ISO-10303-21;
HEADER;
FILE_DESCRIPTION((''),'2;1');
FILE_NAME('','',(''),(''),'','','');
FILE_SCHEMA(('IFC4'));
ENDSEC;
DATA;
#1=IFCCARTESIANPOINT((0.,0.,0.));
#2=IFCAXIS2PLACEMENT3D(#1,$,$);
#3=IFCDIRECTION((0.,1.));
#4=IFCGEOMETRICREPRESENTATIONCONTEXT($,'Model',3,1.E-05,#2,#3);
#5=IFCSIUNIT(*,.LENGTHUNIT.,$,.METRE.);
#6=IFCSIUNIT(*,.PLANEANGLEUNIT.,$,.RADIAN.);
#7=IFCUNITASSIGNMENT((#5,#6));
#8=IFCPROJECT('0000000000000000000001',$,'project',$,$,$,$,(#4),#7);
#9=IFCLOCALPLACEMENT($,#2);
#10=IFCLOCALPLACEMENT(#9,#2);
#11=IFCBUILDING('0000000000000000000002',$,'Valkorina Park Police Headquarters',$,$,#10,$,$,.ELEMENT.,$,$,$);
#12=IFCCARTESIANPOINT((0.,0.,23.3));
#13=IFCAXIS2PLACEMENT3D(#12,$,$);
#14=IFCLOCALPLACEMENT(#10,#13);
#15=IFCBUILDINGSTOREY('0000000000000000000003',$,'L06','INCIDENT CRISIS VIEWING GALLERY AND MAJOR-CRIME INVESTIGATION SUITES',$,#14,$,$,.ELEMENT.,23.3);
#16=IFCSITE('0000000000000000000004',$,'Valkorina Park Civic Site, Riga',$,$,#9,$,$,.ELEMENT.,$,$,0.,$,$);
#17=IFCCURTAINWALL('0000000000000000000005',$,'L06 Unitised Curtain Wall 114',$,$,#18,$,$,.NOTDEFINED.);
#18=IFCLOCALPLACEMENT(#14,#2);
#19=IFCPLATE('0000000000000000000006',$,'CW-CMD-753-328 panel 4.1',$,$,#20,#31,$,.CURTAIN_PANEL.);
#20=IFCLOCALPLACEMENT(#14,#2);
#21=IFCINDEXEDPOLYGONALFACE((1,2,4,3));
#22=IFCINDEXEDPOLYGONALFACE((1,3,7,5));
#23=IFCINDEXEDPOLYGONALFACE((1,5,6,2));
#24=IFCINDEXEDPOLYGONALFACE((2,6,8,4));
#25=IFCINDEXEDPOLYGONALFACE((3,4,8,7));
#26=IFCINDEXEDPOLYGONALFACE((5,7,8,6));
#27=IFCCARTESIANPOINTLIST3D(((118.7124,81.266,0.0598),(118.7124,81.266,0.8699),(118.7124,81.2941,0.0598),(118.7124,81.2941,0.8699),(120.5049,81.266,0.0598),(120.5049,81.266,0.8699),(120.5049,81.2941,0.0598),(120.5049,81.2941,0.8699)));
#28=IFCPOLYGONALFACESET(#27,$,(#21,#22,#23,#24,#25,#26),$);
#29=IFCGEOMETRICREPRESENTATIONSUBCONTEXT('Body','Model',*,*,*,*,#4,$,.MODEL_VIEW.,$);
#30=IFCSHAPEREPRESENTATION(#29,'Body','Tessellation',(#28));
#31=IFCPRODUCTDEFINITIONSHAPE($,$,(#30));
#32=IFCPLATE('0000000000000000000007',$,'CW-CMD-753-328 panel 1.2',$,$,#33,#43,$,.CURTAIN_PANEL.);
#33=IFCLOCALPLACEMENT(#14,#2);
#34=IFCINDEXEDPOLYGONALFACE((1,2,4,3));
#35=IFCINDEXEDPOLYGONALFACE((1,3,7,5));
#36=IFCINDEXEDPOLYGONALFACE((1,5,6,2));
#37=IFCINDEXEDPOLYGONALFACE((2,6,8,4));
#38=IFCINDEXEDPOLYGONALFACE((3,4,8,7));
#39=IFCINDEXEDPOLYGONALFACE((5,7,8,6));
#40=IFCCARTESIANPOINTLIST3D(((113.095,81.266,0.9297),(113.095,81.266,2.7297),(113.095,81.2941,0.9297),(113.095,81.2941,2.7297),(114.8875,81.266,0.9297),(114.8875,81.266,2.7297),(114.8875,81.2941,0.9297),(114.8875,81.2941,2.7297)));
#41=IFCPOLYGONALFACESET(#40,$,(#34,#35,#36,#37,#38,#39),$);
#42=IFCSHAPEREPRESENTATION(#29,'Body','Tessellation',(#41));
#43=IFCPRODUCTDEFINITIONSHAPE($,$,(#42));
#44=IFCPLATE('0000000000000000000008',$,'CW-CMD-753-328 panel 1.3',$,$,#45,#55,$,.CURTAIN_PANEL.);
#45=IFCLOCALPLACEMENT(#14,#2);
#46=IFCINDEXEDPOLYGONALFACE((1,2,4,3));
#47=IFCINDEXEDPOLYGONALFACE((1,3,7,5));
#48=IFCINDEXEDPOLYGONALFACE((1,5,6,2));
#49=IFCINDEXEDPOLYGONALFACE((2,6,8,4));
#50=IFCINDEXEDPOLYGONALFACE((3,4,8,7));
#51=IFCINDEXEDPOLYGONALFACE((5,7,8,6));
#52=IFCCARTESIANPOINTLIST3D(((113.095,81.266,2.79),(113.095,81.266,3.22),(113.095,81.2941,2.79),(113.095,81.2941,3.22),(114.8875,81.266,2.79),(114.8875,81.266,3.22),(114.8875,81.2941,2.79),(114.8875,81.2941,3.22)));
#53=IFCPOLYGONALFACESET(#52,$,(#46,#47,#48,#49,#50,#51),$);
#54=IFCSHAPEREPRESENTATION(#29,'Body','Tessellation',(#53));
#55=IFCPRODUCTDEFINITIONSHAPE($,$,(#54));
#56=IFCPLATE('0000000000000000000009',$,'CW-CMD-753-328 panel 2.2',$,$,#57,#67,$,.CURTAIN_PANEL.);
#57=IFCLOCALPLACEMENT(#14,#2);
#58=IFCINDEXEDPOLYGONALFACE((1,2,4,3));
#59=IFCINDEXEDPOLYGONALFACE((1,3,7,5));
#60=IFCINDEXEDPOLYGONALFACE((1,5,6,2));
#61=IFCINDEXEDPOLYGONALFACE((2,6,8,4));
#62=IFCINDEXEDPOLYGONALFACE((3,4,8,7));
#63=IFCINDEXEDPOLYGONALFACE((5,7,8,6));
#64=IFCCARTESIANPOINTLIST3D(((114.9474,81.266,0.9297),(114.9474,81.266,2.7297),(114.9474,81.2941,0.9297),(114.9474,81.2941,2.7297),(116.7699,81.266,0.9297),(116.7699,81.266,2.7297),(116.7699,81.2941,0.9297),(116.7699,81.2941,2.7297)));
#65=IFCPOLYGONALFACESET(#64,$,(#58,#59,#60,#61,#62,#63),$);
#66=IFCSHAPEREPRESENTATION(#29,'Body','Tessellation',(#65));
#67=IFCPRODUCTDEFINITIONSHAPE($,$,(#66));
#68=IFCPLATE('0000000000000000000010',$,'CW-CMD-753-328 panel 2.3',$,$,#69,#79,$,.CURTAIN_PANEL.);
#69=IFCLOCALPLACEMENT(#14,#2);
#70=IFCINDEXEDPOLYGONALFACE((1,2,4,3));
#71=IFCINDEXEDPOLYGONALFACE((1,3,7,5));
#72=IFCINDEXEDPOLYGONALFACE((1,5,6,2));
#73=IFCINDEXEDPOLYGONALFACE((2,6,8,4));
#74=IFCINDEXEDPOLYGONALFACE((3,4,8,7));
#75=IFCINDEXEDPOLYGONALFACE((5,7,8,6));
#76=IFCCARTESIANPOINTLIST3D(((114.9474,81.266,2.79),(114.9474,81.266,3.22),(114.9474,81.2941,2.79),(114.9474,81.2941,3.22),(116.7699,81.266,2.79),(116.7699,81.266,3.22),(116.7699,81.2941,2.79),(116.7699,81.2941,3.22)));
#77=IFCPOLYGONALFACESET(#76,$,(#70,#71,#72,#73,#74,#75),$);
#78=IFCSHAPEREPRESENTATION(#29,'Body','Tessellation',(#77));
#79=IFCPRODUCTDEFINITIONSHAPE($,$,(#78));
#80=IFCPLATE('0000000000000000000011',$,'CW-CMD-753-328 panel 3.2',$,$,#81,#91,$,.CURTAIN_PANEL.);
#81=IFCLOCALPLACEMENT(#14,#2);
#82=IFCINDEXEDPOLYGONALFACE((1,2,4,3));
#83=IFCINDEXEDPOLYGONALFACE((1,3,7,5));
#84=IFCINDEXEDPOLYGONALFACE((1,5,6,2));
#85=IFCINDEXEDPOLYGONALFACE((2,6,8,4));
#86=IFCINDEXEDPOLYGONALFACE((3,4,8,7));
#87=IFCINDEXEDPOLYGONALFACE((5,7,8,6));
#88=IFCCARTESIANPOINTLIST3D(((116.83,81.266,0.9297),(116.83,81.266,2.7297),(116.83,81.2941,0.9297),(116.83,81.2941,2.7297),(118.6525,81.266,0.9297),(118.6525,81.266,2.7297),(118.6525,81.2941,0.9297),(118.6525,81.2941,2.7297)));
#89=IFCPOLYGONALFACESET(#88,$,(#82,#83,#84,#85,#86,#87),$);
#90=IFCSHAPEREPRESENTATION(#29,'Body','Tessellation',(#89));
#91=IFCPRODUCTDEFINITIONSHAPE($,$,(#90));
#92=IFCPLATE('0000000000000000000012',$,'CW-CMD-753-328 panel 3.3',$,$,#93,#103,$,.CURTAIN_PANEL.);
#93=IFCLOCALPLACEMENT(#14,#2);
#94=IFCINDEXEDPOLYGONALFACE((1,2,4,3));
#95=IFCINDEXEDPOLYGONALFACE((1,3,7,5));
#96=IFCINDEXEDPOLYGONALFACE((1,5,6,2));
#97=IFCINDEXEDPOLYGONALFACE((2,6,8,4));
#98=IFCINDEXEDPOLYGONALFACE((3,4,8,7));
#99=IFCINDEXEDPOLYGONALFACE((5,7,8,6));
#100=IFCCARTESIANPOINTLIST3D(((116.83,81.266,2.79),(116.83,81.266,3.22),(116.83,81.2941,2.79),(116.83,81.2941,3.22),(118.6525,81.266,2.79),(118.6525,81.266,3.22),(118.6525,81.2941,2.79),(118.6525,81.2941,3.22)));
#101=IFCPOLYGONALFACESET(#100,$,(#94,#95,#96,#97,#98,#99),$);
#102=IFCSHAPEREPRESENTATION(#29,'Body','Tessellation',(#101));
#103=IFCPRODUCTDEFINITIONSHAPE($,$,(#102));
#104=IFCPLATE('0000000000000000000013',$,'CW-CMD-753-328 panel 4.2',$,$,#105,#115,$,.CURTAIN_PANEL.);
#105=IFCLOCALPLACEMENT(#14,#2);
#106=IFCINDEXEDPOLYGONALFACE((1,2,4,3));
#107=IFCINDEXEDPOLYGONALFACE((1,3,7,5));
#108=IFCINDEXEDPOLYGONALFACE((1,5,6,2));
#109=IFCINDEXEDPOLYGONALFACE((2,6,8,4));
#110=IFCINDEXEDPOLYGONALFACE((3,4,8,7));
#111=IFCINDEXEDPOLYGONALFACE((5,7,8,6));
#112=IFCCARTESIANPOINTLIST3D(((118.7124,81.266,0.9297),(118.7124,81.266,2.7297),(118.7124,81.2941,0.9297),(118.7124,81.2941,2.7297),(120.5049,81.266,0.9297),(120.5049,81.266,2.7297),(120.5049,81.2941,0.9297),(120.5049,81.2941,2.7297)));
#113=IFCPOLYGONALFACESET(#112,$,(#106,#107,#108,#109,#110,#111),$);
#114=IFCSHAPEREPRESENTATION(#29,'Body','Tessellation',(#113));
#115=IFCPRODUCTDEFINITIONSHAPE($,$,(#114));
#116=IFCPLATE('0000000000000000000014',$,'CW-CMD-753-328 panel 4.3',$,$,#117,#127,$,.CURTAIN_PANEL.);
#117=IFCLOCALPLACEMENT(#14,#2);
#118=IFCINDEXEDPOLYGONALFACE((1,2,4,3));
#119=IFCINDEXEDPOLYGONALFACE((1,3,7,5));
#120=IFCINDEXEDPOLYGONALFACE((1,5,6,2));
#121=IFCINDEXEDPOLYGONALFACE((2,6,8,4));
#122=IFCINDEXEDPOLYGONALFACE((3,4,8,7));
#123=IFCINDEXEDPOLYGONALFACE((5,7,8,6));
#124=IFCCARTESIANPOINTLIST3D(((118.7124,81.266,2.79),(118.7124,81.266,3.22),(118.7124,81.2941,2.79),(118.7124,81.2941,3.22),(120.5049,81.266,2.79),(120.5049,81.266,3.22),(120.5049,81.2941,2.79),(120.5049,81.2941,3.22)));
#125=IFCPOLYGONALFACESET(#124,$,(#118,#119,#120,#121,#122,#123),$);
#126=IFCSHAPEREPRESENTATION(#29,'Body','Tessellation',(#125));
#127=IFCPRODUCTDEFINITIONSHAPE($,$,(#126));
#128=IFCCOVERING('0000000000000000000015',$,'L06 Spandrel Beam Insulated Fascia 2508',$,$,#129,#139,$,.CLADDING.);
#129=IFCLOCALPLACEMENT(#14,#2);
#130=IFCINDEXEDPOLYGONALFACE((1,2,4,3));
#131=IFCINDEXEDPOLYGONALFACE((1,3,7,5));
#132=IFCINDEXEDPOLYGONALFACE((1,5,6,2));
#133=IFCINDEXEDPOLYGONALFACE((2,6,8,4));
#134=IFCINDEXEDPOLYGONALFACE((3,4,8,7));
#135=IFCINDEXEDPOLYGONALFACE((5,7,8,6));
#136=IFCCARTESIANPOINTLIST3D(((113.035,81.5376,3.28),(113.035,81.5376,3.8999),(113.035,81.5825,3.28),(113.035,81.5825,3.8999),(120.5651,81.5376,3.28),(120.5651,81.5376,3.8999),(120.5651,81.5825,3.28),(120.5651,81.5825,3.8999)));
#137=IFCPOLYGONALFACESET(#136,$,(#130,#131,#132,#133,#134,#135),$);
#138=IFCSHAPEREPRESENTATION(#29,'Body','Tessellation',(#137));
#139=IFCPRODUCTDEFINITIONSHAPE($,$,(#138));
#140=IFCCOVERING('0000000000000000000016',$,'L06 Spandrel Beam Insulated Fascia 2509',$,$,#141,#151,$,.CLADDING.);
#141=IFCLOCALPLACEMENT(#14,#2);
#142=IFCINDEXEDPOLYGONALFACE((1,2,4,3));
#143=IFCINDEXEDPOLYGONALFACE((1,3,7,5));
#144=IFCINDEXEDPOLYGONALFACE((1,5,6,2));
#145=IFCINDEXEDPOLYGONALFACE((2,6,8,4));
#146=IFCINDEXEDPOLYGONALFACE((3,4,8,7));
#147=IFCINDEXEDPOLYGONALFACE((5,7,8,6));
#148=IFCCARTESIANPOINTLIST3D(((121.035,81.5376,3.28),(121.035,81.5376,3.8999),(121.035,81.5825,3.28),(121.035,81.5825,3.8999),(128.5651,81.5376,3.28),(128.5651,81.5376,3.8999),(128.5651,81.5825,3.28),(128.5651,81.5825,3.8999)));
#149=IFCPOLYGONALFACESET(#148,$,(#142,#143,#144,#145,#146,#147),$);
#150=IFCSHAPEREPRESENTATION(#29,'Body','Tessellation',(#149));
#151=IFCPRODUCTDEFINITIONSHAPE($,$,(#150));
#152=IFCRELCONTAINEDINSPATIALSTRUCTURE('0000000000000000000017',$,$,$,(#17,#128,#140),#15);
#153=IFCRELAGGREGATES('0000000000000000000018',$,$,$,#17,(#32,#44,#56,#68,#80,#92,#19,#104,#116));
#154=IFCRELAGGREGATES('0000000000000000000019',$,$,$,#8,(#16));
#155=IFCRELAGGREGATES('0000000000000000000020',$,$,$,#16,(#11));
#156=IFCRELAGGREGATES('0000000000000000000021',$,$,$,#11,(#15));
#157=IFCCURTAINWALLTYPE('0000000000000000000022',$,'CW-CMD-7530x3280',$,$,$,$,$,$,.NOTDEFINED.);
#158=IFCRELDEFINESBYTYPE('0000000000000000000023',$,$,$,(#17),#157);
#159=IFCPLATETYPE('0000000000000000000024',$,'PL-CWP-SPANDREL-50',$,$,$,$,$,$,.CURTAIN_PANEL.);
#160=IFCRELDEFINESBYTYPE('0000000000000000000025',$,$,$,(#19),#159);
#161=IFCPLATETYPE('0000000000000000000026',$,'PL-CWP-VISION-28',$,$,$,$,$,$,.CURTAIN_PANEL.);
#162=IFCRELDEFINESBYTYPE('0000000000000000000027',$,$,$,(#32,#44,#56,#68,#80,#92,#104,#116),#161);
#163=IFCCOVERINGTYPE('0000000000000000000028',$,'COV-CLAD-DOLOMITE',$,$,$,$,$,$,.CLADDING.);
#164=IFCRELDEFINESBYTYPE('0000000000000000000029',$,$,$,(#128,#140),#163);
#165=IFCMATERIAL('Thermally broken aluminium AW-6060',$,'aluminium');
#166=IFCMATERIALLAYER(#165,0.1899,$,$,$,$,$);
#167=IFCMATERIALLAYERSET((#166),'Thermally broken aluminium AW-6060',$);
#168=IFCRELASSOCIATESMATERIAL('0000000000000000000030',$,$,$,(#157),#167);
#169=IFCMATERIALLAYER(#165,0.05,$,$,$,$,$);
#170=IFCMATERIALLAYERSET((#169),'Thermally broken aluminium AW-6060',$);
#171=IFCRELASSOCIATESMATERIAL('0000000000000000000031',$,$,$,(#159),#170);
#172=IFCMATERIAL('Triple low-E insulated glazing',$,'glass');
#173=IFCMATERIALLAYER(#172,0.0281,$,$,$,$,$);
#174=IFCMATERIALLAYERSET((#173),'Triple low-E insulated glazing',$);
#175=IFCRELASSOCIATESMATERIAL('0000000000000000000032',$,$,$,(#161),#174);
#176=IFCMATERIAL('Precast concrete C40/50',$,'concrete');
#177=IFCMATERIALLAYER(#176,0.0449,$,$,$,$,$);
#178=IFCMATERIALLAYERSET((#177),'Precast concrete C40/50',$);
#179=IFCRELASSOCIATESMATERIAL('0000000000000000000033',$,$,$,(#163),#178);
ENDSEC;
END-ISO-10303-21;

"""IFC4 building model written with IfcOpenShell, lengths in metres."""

from ifc_helpers import new_model, si_unit, direction, frame, frame_2d, origin, origin_2d, place, context, subcontext, project, spatial, rectangle, extrude, material, layer, layer_set, type_object, element, aggregate, save


model = new_model("IFC4")

# Units and contexts
model_context = context("Model", 3, precision=1e-05, world=origin(), true_north=direction((0.0, 1.0)))
body_context = subcontext(model_context, "Body", "Model", "MODEL_VIEW")
ifc_project = project(units=[si_unit("LENGTHUNIT", "METRE"), si_unit("PLANEANGLEUNIT", "RADIAN")], contexts=[model_context])

# Site, building, storey
site_placement = place(None, origin())
site = spatial("IfcSite", under=ifc_project, at=site_placement, Name="Valkorina Park Civic Site, Riga", CompositionType="ELEMENT", RefElevation=0.0)
building_placement = place(site_placement, origin())
building = spatial("IfcBuilding", under=site, at=building_placement, Name="Valkorina Park Police Headquarters", CompositionType="ELEMENT")
storey_placement = place(building_placement, frame((0.0, 0.0, 23.3)))
storey = spatial("IfcBuildingStorey", under=building, at=storey_placement, Name="L06", Description="INCIDENT CRISIS VIEWING GALLERY AND MAJOR-CRIME INVESTIGATION SUITES", CompositionType="ELEMENT", Elevation=23.3)

# Curtain wall
ifc_material_1 = material(Name="Thermally broken aluminium AW-6060", Category="aluminium")
ifc_layer_1 = layer(ifc_material_1, 0.1899)
ifc_layer_set_1 = layer_set([ifc_layer_1], Name="Thermally broken aluminium AW-6060")
curtain_wall_type = type_object("IfcCurtainWallType", Name="CW-CMD-7530x3280", PredefinedType="NOTDEFINED", material=ifc_layer_set_1)
curtain_wall_1_placement = place(storey_placement, origin())
curtain_wall_1 = element("IfcCurtainWall", 1, at=curtain_wall_1_placement, inside=storey, type_object=curtain_wall_type, Name="L06 Unitised Curtain Wall 114", PredefinedType="NOTDEFINED")

# Plates
ifc_layer_2 = layer(ifc_material_1, 0.05)
ifc_layer_set_2 = layer_set([ifc_layer_2], Name="Thermally broken aluminium AW-6060")
plate_type_1 = type_object("IfcPlateType", Name="PL-CWP-SPANDREL-50", PredefinedType="CURTAIN_PANEL", material=ifc_layer_set_2)
plate_1_placement = place(storey_placement, frame((119.6086, 81.28, 0.0598), z_axis=(0.0, 0.0, 1.0), x_axis=(1.0, 0.0, 0.0)))
plate_1 = element("IfcPlate", 2, at=plate_1_placement, type_object=plate_type_1, Name="CW-CMD-753-328 panel 4.1", PredefinedType="CURTAIN_PANEL", context=body_context, shape_type="SweptSolid", body=[
    extrude(rectangle(XDim=1.7925, YDim=0.0281, at=origin_2d()), origin(), (0.0, 0.0, 1.0), 0.8101),
])
ifc_material_2 = material(Name="Triple low-E insulated glazing", Category="glass")
ifc_layer_3 = layer(ifc_material_2, 0.0281)
ifc_layer_set_3 = layer_set([ifc_layer_3], Name="Triple low-E insulated glazing")
plate_type_2 = type_object("IfcPlateType", Name="PL-CWP-VISION-28", PredefinedType="CURTAIN_PANEL", material=ifc_layer_set_3)
plate_2_placement = place(storey_placement, frame((113.9912, 81.28, 0.9297), z_axis=(0.0, 0.0, 1.0), x_axis=(1.0, 0.0, 0.0)))
plate_2 = element("IfcPlate", 3, at=plate_2_placement, type_object=plate_type_2, Name="CW-CMD-753-328 panel 1.2", PredefinedType="CURTAIN_PANEL", context=body_context, shape_type="SweptSolid", body=[
    extrude(rectangle(XDim=1.7925, YDim=0.0281, at=origin_2d()), origin(), (0.0, 0.0, 1.0), 1.8),
])
plate_3_placement = place(storey_placement, frame((113.9912, 81.28, 2.79), z_axis=(0.0, 0.0, 1.0), x_axis=(1.0, 0.0, 0.0)))
plate_3 = element("IfcPlate", 4, at=plate_3_placement, type_object=plate_type_2, Name="CW-CMD-753-328 panel 1.3", PredefinedType="CURTAIN_PANEL", context=body_context, shape_type="SweptSolid", body=[
    extrude(rectangle(XDim=1.7925, YDim=0.0281, at=origin_2d()), origin(), (0.0, 0.0, 1.0), 0.4299),
])
plate_4_placement = place(storey_placement, frame((115.8586, 81.28, 0.9297), z_axis=(0.0, 0.0, 1.0), x_axis=(1.0, 0.0, 0.0)))
plate_4 = element("IfcPlate", 5, at=plate_4_placement, type_object=plate_type_2, Name="CW-CMD-753-328 panel 2.2", PredefinedType="CURTAIN_PANEL", context=body_context, shape_type="SweptSolid", body=[
    extrude(rectangle(XDim=1.8225, YDim=0.0281, at=origin_2d()), origin(), (0.0, 0.0, 1.0), 1.8),
])
plate_5_placement = place(storey_placement, frame((115.8586, 81.28, 2.79), z_axis=(0.0, 0.0, 1.0), x_axis=(1.0, 0.0, 0.0)))
plate_5 = element("IfcPlate", 6, at=plate_5_placement, type_object=plate_type_2, Name="CW-CMD-753-328 panel 2.3", PredefinedType="CURTAIN_PANEL", context=body_context, shape_type="SweptSolid", body=[
    extrude(rectangle(XDim=1.8225, YDim=0.0281, at=origin_2d()), origin(), (0.0, 0.0, 1.0), 0.4299),
])
plate_6_placement = place(storey_placement, frame((117.7412, 81.28, 0.9297), z_axis=(0.0, 0.0, 1.0), x_axis=(1.0, 0.0, 0.0)))
plate_6 = element("IfcPlate", 7, at=plate_6_placement, type_object=plate_type_2, Name="CW-CMD-753-328 panel 3.2", PredefinedType="CURTAIN_PANEL", context=body_context, shape_type="SweptSolid", body=[
    extrude(rectangle(XDim=1.8225, YDim=0.0281, at=origin_2d()), origin(), (0.0, 0.0, 1.0), 1.8),
])
plate_7_placement = place(storey_placement, frame((117.7412, 81.28, 2.79), z_axis=(0.0, 0.0, 1.0), x_axis=(1.0, 0.0, 0.0)))
plate_7 = element("IfcPlate", 8, at=plate_7_placement, type_object=plate_type_2, Name="CW-CMD-753-328 panel 3.3", PredefinedType="CURTAIN_PANEL", context=body_context, shape_type="SweptSolid", body=[
    extrude(rectangle(XDim=1.8225, YDim=0.0281, at=origin_2d()), origin(), (0.0, 0.0, 1.0), 0.4299),
])
plate_8_placement = place(storey_placement, frame((119.6086, 81.28, 0.9297), z_axis=(0.0, 0.0, 1.0), x_axis=(1.0, 0.0, 0.0)))
plate_8 = element("IfcPlate", 9, at=plate_8_placement, type_object=plate_type_2, Name="CW-CMD-753-328 panel 4.2", PredefinedType="CURTAIN_PANEL", context=body_context, shape_type="SweptSolid", body=[
    extrude(rectangle(XDim=1.7925, YDim=0.0281, at=origin_2d()), origin(), (0.0, 0.0, 1.0), 1.8),
])
plate_9_placement = place(storey_placement, frame((119.6086, 81.28, 2.79), z_axis=(0.0, 0.0, 1.0), x_axis=(1.0, 0.0, 0.0)))
plate_9 = element("IfcPlate", 10, at=plate_9_placement, type_object=plate_type_2, Name="CW-CMD-753-328 panel 4.3", PredefinedType="CURTAIN_PANEL", context=body_context, shape_type="SweptSolid", body=[
    extrude(rectangle(XDim=1.7925, YDim=0.0281, at=origin_2d()), origin(), (0.0, 0.0, 1.0), 0.4299),
])
aggregate(curtain_wall_1, [plate_2, plate_3, plate_4, plate_5, plate_6, plate_7, plate_1, plate_8, plate_9])

# Coverings
ifc_material_3 = material(Name="Precast concrete C40/50", Category="concrete")
ifc_layer_4 = layer(ifc_material_3, 0.0449)
ifc_layer_set_4 = layer_set([ifc_layer_4], Name="Precast concrete C40/50")
covering_type = type_object("IfcCoveringType", Name="COV-CLAD-DOLOMITE", PredefinedType="CLADDING", material=ifc_layer_set_4)
for number, where, z_axis, x_axis, name in (
    (11, (113.0349, 81.5601, 3.28), (0.0, 0.0, 1.0), (1.0, 0.0, 0.0), "L06 Spandrel Beam Insulated Fascia 2508"),
    (12, (121.0349, 81.5601, 3.28), (0.0, 0.0, 1.0), (1.0, 0.0, 0.0), "L06 Spandrel Beam Insulated Fascia 2509"),
):
    element("IfcCovering", number, at=place(storey_placement, frame(where, z_axis=z_axis, x_axis=x_axis)), inside=storey, type_object=covering_type, Name=name, PredefinedType="CLADDING", context=body_context, shape_type="SweptSolid", body=[
        extrude(rectangle(XDim=7.53, YDim=0.0449, at=frame_2d((3.7651, 0.0))), origin(), (0.0, 0.0, 1.0), 0.6199),
    ])

save(model, "model.ifc")
